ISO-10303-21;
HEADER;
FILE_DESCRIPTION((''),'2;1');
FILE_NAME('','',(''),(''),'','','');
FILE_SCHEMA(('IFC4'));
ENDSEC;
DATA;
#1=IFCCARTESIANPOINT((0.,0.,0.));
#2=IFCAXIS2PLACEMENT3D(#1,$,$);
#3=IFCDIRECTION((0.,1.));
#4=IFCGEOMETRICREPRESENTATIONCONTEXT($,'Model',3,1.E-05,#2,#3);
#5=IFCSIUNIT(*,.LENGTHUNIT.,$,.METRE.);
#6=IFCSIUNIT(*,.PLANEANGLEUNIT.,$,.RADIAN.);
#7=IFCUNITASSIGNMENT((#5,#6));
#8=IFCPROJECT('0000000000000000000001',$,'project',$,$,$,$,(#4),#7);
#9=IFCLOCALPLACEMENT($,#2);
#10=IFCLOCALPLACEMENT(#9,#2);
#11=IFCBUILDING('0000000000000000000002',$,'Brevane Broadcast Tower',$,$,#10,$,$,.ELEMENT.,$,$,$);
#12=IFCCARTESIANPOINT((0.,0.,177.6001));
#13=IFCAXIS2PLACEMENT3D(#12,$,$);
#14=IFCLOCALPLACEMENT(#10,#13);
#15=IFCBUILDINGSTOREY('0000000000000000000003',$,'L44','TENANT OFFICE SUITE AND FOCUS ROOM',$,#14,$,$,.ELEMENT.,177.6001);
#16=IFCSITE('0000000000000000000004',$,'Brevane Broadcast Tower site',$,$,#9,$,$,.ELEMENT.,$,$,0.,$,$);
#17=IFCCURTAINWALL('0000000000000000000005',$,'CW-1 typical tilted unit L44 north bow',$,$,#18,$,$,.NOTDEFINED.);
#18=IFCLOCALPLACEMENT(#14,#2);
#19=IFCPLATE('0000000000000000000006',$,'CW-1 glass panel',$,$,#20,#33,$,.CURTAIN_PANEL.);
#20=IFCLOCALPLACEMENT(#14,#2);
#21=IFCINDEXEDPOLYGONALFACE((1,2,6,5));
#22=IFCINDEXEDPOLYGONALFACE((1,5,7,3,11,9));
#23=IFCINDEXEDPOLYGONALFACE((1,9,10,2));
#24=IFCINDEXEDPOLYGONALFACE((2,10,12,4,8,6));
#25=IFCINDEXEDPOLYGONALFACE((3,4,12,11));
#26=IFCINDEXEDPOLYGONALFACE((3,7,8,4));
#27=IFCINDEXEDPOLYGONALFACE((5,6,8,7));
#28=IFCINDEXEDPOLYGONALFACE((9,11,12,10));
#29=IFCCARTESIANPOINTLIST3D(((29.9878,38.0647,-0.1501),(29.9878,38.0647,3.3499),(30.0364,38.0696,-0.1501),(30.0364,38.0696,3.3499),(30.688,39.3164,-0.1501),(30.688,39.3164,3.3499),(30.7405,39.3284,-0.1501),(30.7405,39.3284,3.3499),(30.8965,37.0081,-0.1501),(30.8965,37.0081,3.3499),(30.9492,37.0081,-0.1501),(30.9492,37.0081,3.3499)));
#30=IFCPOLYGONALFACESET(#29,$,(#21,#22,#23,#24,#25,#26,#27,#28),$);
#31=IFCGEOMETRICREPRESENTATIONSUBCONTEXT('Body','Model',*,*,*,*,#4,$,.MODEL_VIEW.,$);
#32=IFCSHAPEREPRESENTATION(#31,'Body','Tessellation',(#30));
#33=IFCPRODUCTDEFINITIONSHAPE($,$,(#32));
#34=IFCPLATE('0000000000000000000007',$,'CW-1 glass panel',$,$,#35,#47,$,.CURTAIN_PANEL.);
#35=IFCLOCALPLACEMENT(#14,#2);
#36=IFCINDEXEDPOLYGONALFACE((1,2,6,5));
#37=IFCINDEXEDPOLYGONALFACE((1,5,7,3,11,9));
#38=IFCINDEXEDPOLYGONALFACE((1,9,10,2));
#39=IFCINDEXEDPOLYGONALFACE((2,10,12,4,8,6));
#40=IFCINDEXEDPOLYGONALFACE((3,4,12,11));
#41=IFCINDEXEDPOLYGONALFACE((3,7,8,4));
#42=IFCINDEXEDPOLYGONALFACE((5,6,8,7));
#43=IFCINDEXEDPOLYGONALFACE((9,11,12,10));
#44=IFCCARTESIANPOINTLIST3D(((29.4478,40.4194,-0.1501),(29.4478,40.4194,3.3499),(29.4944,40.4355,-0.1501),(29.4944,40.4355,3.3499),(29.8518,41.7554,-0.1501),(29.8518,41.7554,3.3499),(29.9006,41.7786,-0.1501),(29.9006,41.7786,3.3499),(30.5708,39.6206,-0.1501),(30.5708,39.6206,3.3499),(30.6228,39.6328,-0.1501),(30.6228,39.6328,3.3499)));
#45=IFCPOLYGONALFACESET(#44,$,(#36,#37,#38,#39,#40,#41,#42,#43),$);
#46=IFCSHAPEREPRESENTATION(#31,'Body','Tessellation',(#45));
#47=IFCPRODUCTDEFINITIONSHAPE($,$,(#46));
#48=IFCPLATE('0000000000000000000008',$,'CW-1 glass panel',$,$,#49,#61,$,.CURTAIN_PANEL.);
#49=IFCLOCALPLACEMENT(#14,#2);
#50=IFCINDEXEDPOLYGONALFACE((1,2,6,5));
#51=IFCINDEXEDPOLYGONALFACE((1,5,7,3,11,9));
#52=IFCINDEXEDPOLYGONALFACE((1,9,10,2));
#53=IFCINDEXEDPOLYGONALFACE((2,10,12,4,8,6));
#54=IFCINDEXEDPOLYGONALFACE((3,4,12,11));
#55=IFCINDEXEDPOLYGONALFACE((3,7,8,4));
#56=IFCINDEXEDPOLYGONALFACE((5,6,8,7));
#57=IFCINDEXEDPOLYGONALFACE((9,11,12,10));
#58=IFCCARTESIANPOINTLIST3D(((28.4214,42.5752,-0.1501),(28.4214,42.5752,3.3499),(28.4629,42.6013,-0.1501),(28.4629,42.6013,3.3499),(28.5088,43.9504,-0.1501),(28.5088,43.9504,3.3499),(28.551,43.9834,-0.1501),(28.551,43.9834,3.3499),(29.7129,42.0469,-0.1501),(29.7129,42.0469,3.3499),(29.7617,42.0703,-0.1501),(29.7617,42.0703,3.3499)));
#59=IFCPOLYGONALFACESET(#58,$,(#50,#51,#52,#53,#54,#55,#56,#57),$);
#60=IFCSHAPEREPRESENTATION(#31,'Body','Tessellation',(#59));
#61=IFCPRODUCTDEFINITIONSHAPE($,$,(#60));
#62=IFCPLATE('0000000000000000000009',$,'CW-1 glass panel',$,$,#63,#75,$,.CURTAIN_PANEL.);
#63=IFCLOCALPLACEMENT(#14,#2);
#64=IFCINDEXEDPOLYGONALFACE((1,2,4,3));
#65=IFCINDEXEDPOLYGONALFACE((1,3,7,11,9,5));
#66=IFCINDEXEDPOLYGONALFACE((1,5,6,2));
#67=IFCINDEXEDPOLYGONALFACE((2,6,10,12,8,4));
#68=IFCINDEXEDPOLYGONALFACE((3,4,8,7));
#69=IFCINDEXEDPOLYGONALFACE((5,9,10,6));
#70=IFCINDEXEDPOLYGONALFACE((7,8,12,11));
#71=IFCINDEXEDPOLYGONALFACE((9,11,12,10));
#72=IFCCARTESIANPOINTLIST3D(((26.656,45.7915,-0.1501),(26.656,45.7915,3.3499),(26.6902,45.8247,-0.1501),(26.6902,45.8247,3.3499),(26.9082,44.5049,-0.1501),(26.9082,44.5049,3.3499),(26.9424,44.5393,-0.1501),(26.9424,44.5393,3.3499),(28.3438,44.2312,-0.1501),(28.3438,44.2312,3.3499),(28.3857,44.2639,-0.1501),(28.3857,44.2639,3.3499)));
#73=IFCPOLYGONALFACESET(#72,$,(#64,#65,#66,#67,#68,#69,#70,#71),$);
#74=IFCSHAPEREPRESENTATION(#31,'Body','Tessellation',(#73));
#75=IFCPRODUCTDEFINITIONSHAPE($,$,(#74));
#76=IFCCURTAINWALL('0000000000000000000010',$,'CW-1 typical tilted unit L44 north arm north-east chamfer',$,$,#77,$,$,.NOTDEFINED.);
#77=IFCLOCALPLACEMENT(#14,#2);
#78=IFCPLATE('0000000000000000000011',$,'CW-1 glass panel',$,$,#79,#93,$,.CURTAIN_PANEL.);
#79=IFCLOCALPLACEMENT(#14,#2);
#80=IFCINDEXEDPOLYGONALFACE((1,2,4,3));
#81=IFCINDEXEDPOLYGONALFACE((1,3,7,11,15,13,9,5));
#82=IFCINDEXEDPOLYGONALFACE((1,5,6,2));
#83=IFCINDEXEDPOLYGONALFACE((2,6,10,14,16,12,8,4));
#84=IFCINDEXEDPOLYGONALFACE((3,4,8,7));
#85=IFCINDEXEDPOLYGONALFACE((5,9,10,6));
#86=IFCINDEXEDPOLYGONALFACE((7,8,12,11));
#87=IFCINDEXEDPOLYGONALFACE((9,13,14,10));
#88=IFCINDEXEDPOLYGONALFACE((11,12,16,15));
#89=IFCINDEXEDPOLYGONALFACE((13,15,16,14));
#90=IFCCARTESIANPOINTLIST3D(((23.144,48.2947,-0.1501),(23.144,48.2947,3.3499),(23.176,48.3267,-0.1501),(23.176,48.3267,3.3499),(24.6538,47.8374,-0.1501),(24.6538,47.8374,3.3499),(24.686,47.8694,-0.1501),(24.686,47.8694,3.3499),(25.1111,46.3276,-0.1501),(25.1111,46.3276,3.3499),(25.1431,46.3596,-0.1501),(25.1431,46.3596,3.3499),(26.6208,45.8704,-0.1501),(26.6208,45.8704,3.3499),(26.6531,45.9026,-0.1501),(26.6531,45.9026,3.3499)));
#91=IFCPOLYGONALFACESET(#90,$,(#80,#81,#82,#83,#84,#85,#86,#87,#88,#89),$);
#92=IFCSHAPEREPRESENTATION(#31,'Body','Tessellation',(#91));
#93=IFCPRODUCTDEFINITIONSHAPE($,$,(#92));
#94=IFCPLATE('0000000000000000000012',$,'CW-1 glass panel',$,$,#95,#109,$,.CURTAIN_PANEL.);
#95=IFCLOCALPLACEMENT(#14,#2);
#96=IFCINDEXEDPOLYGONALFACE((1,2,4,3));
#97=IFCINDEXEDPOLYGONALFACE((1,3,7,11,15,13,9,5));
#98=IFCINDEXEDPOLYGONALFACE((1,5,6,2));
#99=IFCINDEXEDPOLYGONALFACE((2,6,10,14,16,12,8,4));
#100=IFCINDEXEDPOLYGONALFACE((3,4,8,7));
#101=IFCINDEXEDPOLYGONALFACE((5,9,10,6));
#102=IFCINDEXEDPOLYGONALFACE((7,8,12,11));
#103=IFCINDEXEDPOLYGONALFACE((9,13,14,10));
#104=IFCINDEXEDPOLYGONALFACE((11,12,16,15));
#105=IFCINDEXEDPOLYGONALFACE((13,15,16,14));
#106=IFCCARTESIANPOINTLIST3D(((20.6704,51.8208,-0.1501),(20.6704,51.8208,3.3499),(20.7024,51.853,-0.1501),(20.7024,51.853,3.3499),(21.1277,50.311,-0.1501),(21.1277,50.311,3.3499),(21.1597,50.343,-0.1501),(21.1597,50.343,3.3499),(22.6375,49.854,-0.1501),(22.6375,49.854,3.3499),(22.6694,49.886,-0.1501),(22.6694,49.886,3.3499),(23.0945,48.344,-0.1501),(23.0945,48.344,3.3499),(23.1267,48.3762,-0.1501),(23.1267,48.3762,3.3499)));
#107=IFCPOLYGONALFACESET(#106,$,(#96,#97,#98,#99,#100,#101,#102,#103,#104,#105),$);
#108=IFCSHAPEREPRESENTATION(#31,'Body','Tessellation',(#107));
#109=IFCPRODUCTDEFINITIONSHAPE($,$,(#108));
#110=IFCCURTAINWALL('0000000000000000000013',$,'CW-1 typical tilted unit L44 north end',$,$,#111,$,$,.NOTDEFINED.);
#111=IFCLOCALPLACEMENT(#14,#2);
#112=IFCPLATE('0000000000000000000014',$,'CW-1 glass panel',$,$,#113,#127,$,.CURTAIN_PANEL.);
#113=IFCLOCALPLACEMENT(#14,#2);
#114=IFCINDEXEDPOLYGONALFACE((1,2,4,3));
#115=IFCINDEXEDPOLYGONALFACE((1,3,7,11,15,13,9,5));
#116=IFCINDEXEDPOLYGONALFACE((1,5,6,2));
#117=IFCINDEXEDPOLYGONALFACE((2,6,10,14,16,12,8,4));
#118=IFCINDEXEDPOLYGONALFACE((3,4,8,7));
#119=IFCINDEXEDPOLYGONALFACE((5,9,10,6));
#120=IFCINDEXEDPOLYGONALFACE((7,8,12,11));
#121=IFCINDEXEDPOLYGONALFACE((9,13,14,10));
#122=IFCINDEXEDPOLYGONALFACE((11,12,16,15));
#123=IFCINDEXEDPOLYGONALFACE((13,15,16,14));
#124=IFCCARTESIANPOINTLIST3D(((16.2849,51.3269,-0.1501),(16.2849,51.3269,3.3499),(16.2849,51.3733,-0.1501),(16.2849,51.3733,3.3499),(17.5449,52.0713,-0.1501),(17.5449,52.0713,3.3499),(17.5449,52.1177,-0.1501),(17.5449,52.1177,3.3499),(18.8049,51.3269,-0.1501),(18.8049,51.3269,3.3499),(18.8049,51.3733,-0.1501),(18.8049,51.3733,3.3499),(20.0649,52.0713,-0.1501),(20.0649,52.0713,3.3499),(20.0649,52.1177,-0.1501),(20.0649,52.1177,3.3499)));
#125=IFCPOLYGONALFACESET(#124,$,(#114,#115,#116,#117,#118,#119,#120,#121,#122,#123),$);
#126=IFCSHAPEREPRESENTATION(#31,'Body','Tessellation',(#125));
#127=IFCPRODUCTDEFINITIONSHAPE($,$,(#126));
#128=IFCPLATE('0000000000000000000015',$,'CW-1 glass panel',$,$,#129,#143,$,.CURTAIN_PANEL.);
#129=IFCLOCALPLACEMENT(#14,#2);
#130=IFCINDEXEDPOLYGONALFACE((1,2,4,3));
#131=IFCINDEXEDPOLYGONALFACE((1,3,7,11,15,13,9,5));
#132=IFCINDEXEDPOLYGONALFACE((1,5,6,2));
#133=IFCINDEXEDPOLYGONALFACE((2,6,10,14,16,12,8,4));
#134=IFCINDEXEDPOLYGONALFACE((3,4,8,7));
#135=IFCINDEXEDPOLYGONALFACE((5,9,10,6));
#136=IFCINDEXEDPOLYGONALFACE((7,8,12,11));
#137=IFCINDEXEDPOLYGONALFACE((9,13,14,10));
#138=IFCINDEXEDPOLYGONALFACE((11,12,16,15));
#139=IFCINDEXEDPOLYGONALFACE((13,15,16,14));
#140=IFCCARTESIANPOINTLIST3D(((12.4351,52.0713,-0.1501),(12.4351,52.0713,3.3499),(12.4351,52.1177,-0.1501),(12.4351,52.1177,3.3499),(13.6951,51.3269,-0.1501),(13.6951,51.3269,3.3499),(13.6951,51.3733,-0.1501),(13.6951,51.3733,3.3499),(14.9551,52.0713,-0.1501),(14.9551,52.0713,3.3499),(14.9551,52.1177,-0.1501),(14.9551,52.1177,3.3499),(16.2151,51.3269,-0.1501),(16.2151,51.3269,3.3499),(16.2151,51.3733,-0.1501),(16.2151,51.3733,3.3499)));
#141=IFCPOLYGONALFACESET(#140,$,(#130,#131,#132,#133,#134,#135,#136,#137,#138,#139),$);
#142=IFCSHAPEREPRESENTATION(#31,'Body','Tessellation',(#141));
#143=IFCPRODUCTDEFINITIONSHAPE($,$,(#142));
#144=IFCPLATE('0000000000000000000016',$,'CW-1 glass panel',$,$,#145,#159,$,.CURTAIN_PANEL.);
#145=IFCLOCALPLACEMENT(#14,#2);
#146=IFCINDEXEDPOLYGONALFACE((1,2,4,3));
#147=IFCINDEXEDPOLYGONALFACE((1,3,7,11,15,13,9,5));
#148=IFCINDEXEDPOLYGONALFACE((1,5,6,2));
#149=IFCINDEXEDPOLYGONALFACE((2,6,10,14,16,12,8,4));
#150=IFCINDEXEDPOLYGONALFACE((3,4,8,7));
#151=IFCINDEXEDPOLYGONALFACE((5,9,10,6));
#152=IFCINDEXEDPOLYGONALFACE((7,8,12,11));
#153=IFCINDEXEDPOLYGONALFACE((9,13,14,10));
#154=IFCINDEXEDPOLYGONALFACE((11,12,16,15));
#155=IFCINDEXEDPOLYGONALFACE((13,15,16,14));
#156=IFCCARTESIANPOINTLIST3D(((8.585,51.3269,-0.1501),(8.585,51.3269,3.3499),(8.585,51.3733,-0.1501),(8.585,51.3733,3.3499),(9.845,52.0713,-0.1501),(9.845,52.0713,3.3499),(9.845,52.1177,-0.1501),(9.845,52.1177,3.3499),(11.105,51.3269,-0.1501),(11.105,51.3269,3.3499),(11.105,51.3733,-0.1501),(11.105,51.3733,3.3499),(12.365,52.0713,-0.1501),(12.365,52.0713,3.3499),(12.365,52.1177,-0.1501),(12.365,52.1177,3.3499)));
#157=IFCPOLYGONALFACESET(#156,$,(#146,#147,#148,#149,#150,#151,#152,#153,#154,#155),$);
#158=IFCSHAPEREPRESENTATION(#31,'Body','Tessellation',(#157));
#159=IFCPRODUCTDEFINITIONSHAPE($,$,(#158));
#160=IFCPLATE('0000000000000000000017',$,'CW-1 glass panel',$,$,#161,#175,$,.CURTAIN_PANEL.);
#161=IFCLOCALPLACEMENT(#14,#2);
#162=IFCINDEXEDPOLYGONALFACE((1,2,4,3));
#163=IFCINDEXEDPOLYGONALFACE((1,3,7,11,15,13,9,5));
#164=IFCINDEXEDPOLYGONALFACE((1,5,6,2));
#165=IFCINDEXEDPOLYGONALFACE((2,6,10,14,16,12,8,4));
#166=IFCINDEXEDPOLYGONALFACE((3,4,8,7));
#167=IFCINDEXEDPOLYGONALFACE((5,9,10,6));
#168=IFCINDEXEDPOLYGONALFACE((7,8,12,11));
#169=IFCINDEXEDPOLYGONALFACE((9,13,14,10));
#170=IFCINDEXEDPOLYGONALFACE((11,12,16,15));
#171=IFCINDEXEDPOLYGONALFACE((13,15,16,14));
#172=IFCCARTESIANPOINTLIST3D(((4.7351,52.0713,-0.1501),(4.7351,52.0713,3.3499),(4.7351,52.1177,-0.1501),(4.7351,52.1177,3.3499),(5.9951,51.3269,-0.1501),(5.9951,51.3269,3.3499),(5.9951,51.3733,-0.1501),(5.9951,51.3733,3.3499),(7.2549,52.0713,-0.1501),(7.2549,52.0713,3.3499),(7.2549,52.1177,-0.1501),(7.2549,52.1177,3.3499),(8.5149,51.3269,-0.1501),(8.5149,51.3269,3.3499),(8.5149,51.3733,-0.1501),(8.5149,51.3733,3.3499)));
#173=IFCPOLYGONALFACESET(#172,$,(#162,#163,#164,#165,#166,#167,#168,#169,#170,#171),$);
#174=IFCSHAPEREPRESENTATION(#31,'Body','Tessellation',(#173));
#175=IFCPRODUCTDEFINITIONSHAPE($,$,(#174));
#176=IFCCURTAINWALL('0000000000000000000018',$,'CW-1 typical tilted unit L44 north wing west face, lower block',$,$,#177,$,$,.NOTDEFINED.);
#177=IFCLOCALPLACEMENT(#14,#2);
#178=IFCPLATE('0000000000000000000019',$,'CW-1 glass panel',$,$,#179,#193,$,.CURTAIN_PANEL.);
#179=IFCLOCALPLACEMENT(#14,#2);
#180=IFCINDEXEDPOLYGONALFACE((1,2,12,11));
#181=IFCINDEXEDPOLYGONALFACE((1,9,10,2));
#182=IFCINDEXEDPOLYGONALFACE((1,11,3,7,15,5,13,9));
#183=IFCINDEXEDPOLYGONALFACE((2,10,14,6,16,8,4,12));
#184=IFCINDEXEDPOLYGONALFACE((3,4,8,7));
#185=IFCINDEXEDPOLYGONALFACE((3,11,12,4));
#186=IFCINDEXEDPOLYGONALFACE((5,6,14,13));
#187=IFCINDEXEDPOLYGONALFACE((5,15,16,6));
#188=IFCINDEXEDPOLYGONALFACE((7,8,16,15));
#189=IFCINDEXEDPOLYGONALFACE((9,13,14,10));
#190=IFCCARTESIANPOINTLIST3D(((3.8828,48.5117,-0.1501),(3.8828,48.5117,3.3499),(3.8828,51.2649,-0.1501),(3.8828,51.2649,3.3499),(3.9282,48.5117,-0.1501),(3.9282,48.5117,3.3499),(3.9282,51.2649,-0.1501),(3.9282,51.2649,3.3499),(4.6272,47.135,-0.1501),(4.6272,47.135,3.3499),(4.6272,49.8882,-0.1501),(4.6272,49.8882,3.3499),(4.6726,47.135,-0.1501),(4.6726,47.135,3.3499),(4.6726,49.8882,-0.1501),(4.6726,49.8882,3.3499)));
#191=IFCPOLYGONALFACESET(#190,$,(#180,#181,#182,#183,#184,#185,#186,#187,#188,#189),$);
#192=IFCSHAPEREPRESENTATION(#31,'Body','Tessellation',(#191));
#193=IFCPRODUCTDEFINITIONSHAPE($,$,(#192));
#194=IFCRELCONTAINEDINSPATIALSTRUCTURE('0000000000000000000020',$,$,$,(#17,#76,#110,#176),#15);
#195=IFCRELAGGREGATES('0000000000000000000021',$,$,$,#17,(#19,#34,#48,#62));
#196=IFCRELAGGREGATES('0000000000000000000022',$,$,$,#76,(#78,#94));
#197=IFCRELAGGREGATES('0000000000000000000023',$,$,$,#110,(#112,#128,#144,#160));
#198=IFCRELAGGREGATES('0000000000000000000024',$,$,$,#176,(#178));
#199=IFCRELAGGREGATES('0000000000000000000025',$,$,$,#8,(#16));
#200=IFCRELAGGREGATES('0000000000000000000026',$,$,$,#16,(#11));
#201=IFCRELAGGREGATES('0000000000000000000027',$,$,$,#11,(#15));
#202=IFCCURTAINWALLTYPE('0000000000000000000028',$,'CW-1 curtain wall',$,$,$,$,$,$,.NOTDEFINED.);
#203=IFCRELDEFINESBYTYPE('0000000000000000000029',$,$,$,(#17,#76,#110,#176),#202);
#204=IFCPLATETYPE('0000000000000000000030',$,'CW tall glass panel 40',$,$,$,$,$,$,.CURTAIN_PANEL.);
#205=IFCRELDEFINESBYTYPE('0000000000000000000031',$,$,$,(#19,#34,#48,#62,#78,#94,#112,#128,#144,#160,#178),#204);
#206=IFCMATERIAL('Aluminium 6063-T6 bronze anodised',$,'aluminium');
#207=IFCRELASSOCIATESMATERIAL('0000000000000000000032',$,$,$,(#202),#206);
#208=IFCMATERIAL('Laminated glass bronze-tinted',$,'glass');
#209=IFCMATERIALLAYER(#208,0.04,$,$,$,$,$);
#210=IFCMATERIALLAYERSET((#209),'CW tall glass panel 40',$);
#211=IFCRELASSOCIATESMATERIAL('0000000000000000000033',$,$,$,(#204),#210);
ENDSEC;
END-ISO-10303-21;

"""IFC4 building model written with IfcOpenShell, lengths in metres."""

from ifc_helpers import new_model, si_unit, direction, frame, origin, place, context, subcontext, project, spatial, polyline, outline, extrude, material, layer, layer_set, type_object, element, aggregate, save


model = new_model("IFC4")

# Units and contexts
model_context = context("Model", 3, precision=1e-05, world=origin(), true_north=direction((0.0, 1.0)))
body_context = subcontext(model_context, "Body", "Model", "MODEL_VIEW")
ifc_project = project(units=[si_unit("LENGTHUNIT", "METRE"), si_unit("PLANEANGLEUNIT", "RADIAN")], contexts=[model_context])

# Site, building, storey
site_placement = place(None, origin())
site = spatial("IfcSite", under=ifc_project, at=site_placement, Name="Brevane Broadcast Tower site", CompositionType="ELEMENT", RefElevation=0.0)
building_placement = place(site_placement, origin())
building = spatial("IfcBuilding", under=site, at=building_placement, Name="Brevane Broadcast Tower", CompositionType="ELEMENT")
storey_placement = place(building_placement, frame((0.0, 0.0, 177.6001)))
storey = spatial("IfcBuildingStorey", under=building, at=storey_placement, Name="L44", Description="TENANT OFFICE SUITE AND FOCUS ROOM", CompositionType="ELEMENT", Elevation=177.6001)

# Shared definitions
ifc_material_1 = material(Name="Aluminium 6063-T6 bronze anodised", Category="aluminium")
curtain_wall_type = type_object("IfcCurtainWallType", Name="CW-1 curtain wall", PredefinedType="NOTDEFINED", material=ifc_material_1)

# Curtain walls, plates
ifc_material_2 = material(Name="Laminated glass bronze-tinted", Category="glass")
ifc_layer = layer(ifc_material_2, 0.04)
ifc_layer_set = layer_set([ifc_layer], Name="CW tall glass panel 40")
plate_type = type_object("IfcPlateType", Name="CW tall glass panel 40", PredefinedType="CURTAIN_PANEL", material=ifc_layer_set)
curtain_wall_1_placement = place(storey_placement, origin())
curtain_wall_1 = element("IfcCurtainWall", 1, at=curtain_wall_1_placement, inside=storey, type_object=curtain_wall_type, Name="CW-1 typical tilted unit L44 north bow", PredefinedType="NOTDEFINED")
plate_1_placement = place(storey_placement, frame((0.0, 0.0, -0.1501)))
plate_1 = element("IfcPlate", 2, at=plate_1_placement, type_object=plate_type, Name="CW-1 glass panel", PredefinedType="CURTAIN_PANEL", context=body_context, shape_type="SweptSolid", body=[
    extrude(outline(polyline([(30.8965, 37.0081), (30.9492, 37.0081), (30.0364, 38.0696), (30.7405, 39.3284), (30.688, 39.3164), (29.9878, 38.0647), (30.8965, 37.0081)])), origin(), (0.0, 0.0, 1.0), 3.5),
])
plate_2_placement = place(storey_placement, frame((0.0, 0.0, -0.1501)))
plate_2 = element("IfcPlate", 3, at=plate_2_placement, type_object=plate_type, Name="CW-1 glass panel", PredefinedType="CURTAIN_PANEL", context=body_context, shape_type="SweptSolid", body=[
    extrude(outline(polyline([(30.5708, 39.6206), (30.6228, 39.6328), (29.4944, 40.4355), (29.9006, 41.7786), (29.8518, 41.7554), (29.4478, 40.4194), (30.5708, 39.6206)])), origin(), (0.0, 0.0, 1.0), 3.5),
])
plate_3_placement = place(storey_placement, frame((0.0, 0.0, -0.1501)))
plate_3 = element("IfcPlate", 4, at=plate_3_placement, type_object=plate_type, Name="CW-1 glass panel", PredefinedType="CURTAIN_PANEL", context=body_context, shape_type="SweptSolid", body=[
    extrude(outline(polyline([(29.7129, 42.0469), (29.7617, 42.0703), (28.4629, 42.6013), (28.551, 43.9834), (28.5088, 43.9504), (28.4214, 42.5752), (29.7129, 42.0469)])), origin(), (0.0, 0.0, 1.0), 3.5),
])
plate_4_placement = place(storey_placement, frame((0.0, 0.0, -0.1501)))
plate_4 = element("IfcPlate", 5, at=plate_4_placement, type_object=plate_type, Name="CW-1 glass panel", PredefinedType="CURTAIN_PANEL", context=body_context, shape_type="SweptSolid", body=[
    extrude(outline(polyline([(28.3438, 44.2312), (28.3857, 44.2639), (26.9424, 44.5393), (26.6902, 45.8247), (26.656, 45.7915), (26.9082, 44.5049), (28.3438, 44.2312)])), origin(), (0.0, 0.0, 1.0), 3.5),
])
aggregate(curtain_wall_1, [plate_1, plate_2, plate_3, plate_4])
curtain_wall_2_placement = place(storey_placement, origin())
curtain_wall_2 = element("IfcCurtainWall", 6, at=curtain_wall_2_placement, inside=storey, type_object=curtain_wall_type, Name="CW-1 typical tilted unit L44 north arm north-east chamfer", PredefinedType="NOTDEFINED")
plate_5_placement = place(storey_placement, frame((0.0, 0.0, -0.1501)))
plate_5 = element("IfcPlate", 7, at=plate_5_placement, type_object=plate_type, Name="CW-1 glass panel", PredefinedType="CURTAIN_PANEL", context=body_context, shape_type="SweptSolid", body=[
    extrude(outline(polyline([(26.6208, 45.8704), (26.6531, 45.9026), (25.1431, 46.3596), (24.686, 47.8694), (23.176, 48.3267), (23.144, 48.2947), (24.6538, 47.8374), (25.1111, 46.3276), (26.6208, 45.8704)])), origin(), (0.0, 0.0, 1.0), 3.5),
])
plate_6_placement = place(storey_placement, frame((0.0, 0.0, -0.1501)))
plate_6 = element("IfcPlate", 8, at=plate_6_placement, type_object=plate_type, Name="CW-1 glass panel", PredefinedType="CURTAIN_PANEL", context=body_context, shape_type="SweptSolid", body=[
    extrude(outline(polyline([(23.0945, 48.344), (23.1267, 48.3762), (22.6694, 49.886), (21.1597, 50.343), (20.7024, 51.853), (20.6704, 51.8208), (21.1277, 50.311), (22.6375, 49.854), (23.0945, 48.344)])), origin(), (0.0, 0.0, 1.0), 3.5),
])
aggregate(curtain_wall_2, [plate_5, plate_6])
curtain_wall_3_placement = place(storey_placement, origin())
curtain_wall_3 = element("IfcCurtainWall", 9, at=curtain_wall_3_placement, inside=storey, type_object=curtain_wall_type, Name="CW-1 typical tilted unit L44 north end", PredefinedType="NOTDEFINED")
plate_7_placement = place(storey_placement, frame((0.0, 0.0, -0.1501)))
plate_7 = element("IfcPlate", 10, at=plate_7_placement, type_object=plate_type, Name="CW-1 glass panel", PredefinedType="CURTAIN_PANEL", context=body_context, shape_type="SweptSolid", body=[
    extrude(outline(polyline([(20.0649, 52.0713), (20.0649, 52.1177), (18.8049, 51.3733), (17.5449, 52.1177), (16.2849, 51.3733), (16.2849, 51.3269), (17.5449, 52.0713), (18.8049, 51.3269), (20.0649, 52.0713)])), origin(), (0.0, 0.0, 1.0), 3.5),
])
plate_8_placement = place(storey_placement, frame((0.0, 0.0, -0.1501)))
plate_8 = element("IfcPlate", 11, at=plate_8_placement, type_object=plate_type, Name="CW-1 glass panel", PredefinedType="CURTAIN_PANEL", context=body_context, shape_type="SweptSolid", body=[
    extrude(outline(polyline([(16.2151, 51.3269), (16.2151, 51.3733), (14.9551, 52.1177), (13.6951, 51.3733), (12.4351, 52.1177), (12.4351, 52.0713), (13.6951, 51.3269), (14.9551, 52.0713), (16.2151, 51.3269)])), origin(), (0.0, 0.0, 1.0), 3.5),
])
plate_9_placement = place(storey_placement, frame((0.0, 0.0, -0.1501)))
plate_9 = element("IfcPlate", 12, at=plate_9_placement, type_object=plate_type, Name="CW-1 glass panel", PredefinedType="CURTAIN_PANEL", context=body_context, shape_type="SweptSolid", body=[
    extrude(outline(polyline([(12.365, 52.0713), (12.365, 52.1177), (11.105, 51.3733), (9.845, 52.1177), (8.585, 51.3733), (8.585, 51.3269), (9.845, 52.0713), (11.105, 51.3269), (12.365, 52.0713)])), origin(), (0.0, 0.0, 1.0), 3.5),
])
plate_10_placement = place(storey_placement, frame((0.0, 0.0, -0.1501)))
plate_10 = element("IfcPlate", 13, at=plate_10_placement, type_object=plate_type, Name="CW-1 glass panel", PredefinedType="CURTAIN_PANEL", context=body_context, shape_type="SweptSolid", body=[
    extrude(outline(polyline([(8.5149, 51.3269), (8.5149, 51.3733), (7.2549, 52.1177), (5.9951, 51.3733), (4.7351, 52.1177), (4.7351, 52.0713), (5.9951, 51.3269), (7.2549, 52.0713), (8.5149, 51.3269)])), origin(), (0.0, 0.0, 1.0), 3.5),
])
aggregate(curtain_wall_3, [plate_7, plate_8, plate_9, plate_10])
curtain_wall_4_placement = place(storey_placement, origin())
curtain_wall_4 = element("IfcCurtainWall", 14, at=curtain_wall_4_placement, inside=storey, type_object=curtain_wall_type, Name="CW-1 typical tilted unit L44 north wing west face, lower block", PredefinedType="NOTDEFINED")
plate_11_placement = place(storey_placement, frame((0.0, 0.0, -0.1501)))
plate_11 = element("IfcPlate", 15, at=plate_11_placement, type_object=plate_type, Name="CW-1 glass panel", PredefinedType="CURTAIN_PANEL", context=body_context, shape_type="SweptSolid", body=[
    extrude(outline(polyline([(3.9282, 51.2649), (3.8828, 51.2649), (4.6272, 49.8882), (3.8828, 48.5117), (4.6272, 47.135), (4.6726, 47.135), (3.9282, 48.5117), (4.6726, 49.8882), (3.9282, 51.2649)])), origin(), (0.0, 0.0, 1.0), 3.5),
])
aggregate(curtain_wall_4, [plate_11])

save(model, "model.ifc")
